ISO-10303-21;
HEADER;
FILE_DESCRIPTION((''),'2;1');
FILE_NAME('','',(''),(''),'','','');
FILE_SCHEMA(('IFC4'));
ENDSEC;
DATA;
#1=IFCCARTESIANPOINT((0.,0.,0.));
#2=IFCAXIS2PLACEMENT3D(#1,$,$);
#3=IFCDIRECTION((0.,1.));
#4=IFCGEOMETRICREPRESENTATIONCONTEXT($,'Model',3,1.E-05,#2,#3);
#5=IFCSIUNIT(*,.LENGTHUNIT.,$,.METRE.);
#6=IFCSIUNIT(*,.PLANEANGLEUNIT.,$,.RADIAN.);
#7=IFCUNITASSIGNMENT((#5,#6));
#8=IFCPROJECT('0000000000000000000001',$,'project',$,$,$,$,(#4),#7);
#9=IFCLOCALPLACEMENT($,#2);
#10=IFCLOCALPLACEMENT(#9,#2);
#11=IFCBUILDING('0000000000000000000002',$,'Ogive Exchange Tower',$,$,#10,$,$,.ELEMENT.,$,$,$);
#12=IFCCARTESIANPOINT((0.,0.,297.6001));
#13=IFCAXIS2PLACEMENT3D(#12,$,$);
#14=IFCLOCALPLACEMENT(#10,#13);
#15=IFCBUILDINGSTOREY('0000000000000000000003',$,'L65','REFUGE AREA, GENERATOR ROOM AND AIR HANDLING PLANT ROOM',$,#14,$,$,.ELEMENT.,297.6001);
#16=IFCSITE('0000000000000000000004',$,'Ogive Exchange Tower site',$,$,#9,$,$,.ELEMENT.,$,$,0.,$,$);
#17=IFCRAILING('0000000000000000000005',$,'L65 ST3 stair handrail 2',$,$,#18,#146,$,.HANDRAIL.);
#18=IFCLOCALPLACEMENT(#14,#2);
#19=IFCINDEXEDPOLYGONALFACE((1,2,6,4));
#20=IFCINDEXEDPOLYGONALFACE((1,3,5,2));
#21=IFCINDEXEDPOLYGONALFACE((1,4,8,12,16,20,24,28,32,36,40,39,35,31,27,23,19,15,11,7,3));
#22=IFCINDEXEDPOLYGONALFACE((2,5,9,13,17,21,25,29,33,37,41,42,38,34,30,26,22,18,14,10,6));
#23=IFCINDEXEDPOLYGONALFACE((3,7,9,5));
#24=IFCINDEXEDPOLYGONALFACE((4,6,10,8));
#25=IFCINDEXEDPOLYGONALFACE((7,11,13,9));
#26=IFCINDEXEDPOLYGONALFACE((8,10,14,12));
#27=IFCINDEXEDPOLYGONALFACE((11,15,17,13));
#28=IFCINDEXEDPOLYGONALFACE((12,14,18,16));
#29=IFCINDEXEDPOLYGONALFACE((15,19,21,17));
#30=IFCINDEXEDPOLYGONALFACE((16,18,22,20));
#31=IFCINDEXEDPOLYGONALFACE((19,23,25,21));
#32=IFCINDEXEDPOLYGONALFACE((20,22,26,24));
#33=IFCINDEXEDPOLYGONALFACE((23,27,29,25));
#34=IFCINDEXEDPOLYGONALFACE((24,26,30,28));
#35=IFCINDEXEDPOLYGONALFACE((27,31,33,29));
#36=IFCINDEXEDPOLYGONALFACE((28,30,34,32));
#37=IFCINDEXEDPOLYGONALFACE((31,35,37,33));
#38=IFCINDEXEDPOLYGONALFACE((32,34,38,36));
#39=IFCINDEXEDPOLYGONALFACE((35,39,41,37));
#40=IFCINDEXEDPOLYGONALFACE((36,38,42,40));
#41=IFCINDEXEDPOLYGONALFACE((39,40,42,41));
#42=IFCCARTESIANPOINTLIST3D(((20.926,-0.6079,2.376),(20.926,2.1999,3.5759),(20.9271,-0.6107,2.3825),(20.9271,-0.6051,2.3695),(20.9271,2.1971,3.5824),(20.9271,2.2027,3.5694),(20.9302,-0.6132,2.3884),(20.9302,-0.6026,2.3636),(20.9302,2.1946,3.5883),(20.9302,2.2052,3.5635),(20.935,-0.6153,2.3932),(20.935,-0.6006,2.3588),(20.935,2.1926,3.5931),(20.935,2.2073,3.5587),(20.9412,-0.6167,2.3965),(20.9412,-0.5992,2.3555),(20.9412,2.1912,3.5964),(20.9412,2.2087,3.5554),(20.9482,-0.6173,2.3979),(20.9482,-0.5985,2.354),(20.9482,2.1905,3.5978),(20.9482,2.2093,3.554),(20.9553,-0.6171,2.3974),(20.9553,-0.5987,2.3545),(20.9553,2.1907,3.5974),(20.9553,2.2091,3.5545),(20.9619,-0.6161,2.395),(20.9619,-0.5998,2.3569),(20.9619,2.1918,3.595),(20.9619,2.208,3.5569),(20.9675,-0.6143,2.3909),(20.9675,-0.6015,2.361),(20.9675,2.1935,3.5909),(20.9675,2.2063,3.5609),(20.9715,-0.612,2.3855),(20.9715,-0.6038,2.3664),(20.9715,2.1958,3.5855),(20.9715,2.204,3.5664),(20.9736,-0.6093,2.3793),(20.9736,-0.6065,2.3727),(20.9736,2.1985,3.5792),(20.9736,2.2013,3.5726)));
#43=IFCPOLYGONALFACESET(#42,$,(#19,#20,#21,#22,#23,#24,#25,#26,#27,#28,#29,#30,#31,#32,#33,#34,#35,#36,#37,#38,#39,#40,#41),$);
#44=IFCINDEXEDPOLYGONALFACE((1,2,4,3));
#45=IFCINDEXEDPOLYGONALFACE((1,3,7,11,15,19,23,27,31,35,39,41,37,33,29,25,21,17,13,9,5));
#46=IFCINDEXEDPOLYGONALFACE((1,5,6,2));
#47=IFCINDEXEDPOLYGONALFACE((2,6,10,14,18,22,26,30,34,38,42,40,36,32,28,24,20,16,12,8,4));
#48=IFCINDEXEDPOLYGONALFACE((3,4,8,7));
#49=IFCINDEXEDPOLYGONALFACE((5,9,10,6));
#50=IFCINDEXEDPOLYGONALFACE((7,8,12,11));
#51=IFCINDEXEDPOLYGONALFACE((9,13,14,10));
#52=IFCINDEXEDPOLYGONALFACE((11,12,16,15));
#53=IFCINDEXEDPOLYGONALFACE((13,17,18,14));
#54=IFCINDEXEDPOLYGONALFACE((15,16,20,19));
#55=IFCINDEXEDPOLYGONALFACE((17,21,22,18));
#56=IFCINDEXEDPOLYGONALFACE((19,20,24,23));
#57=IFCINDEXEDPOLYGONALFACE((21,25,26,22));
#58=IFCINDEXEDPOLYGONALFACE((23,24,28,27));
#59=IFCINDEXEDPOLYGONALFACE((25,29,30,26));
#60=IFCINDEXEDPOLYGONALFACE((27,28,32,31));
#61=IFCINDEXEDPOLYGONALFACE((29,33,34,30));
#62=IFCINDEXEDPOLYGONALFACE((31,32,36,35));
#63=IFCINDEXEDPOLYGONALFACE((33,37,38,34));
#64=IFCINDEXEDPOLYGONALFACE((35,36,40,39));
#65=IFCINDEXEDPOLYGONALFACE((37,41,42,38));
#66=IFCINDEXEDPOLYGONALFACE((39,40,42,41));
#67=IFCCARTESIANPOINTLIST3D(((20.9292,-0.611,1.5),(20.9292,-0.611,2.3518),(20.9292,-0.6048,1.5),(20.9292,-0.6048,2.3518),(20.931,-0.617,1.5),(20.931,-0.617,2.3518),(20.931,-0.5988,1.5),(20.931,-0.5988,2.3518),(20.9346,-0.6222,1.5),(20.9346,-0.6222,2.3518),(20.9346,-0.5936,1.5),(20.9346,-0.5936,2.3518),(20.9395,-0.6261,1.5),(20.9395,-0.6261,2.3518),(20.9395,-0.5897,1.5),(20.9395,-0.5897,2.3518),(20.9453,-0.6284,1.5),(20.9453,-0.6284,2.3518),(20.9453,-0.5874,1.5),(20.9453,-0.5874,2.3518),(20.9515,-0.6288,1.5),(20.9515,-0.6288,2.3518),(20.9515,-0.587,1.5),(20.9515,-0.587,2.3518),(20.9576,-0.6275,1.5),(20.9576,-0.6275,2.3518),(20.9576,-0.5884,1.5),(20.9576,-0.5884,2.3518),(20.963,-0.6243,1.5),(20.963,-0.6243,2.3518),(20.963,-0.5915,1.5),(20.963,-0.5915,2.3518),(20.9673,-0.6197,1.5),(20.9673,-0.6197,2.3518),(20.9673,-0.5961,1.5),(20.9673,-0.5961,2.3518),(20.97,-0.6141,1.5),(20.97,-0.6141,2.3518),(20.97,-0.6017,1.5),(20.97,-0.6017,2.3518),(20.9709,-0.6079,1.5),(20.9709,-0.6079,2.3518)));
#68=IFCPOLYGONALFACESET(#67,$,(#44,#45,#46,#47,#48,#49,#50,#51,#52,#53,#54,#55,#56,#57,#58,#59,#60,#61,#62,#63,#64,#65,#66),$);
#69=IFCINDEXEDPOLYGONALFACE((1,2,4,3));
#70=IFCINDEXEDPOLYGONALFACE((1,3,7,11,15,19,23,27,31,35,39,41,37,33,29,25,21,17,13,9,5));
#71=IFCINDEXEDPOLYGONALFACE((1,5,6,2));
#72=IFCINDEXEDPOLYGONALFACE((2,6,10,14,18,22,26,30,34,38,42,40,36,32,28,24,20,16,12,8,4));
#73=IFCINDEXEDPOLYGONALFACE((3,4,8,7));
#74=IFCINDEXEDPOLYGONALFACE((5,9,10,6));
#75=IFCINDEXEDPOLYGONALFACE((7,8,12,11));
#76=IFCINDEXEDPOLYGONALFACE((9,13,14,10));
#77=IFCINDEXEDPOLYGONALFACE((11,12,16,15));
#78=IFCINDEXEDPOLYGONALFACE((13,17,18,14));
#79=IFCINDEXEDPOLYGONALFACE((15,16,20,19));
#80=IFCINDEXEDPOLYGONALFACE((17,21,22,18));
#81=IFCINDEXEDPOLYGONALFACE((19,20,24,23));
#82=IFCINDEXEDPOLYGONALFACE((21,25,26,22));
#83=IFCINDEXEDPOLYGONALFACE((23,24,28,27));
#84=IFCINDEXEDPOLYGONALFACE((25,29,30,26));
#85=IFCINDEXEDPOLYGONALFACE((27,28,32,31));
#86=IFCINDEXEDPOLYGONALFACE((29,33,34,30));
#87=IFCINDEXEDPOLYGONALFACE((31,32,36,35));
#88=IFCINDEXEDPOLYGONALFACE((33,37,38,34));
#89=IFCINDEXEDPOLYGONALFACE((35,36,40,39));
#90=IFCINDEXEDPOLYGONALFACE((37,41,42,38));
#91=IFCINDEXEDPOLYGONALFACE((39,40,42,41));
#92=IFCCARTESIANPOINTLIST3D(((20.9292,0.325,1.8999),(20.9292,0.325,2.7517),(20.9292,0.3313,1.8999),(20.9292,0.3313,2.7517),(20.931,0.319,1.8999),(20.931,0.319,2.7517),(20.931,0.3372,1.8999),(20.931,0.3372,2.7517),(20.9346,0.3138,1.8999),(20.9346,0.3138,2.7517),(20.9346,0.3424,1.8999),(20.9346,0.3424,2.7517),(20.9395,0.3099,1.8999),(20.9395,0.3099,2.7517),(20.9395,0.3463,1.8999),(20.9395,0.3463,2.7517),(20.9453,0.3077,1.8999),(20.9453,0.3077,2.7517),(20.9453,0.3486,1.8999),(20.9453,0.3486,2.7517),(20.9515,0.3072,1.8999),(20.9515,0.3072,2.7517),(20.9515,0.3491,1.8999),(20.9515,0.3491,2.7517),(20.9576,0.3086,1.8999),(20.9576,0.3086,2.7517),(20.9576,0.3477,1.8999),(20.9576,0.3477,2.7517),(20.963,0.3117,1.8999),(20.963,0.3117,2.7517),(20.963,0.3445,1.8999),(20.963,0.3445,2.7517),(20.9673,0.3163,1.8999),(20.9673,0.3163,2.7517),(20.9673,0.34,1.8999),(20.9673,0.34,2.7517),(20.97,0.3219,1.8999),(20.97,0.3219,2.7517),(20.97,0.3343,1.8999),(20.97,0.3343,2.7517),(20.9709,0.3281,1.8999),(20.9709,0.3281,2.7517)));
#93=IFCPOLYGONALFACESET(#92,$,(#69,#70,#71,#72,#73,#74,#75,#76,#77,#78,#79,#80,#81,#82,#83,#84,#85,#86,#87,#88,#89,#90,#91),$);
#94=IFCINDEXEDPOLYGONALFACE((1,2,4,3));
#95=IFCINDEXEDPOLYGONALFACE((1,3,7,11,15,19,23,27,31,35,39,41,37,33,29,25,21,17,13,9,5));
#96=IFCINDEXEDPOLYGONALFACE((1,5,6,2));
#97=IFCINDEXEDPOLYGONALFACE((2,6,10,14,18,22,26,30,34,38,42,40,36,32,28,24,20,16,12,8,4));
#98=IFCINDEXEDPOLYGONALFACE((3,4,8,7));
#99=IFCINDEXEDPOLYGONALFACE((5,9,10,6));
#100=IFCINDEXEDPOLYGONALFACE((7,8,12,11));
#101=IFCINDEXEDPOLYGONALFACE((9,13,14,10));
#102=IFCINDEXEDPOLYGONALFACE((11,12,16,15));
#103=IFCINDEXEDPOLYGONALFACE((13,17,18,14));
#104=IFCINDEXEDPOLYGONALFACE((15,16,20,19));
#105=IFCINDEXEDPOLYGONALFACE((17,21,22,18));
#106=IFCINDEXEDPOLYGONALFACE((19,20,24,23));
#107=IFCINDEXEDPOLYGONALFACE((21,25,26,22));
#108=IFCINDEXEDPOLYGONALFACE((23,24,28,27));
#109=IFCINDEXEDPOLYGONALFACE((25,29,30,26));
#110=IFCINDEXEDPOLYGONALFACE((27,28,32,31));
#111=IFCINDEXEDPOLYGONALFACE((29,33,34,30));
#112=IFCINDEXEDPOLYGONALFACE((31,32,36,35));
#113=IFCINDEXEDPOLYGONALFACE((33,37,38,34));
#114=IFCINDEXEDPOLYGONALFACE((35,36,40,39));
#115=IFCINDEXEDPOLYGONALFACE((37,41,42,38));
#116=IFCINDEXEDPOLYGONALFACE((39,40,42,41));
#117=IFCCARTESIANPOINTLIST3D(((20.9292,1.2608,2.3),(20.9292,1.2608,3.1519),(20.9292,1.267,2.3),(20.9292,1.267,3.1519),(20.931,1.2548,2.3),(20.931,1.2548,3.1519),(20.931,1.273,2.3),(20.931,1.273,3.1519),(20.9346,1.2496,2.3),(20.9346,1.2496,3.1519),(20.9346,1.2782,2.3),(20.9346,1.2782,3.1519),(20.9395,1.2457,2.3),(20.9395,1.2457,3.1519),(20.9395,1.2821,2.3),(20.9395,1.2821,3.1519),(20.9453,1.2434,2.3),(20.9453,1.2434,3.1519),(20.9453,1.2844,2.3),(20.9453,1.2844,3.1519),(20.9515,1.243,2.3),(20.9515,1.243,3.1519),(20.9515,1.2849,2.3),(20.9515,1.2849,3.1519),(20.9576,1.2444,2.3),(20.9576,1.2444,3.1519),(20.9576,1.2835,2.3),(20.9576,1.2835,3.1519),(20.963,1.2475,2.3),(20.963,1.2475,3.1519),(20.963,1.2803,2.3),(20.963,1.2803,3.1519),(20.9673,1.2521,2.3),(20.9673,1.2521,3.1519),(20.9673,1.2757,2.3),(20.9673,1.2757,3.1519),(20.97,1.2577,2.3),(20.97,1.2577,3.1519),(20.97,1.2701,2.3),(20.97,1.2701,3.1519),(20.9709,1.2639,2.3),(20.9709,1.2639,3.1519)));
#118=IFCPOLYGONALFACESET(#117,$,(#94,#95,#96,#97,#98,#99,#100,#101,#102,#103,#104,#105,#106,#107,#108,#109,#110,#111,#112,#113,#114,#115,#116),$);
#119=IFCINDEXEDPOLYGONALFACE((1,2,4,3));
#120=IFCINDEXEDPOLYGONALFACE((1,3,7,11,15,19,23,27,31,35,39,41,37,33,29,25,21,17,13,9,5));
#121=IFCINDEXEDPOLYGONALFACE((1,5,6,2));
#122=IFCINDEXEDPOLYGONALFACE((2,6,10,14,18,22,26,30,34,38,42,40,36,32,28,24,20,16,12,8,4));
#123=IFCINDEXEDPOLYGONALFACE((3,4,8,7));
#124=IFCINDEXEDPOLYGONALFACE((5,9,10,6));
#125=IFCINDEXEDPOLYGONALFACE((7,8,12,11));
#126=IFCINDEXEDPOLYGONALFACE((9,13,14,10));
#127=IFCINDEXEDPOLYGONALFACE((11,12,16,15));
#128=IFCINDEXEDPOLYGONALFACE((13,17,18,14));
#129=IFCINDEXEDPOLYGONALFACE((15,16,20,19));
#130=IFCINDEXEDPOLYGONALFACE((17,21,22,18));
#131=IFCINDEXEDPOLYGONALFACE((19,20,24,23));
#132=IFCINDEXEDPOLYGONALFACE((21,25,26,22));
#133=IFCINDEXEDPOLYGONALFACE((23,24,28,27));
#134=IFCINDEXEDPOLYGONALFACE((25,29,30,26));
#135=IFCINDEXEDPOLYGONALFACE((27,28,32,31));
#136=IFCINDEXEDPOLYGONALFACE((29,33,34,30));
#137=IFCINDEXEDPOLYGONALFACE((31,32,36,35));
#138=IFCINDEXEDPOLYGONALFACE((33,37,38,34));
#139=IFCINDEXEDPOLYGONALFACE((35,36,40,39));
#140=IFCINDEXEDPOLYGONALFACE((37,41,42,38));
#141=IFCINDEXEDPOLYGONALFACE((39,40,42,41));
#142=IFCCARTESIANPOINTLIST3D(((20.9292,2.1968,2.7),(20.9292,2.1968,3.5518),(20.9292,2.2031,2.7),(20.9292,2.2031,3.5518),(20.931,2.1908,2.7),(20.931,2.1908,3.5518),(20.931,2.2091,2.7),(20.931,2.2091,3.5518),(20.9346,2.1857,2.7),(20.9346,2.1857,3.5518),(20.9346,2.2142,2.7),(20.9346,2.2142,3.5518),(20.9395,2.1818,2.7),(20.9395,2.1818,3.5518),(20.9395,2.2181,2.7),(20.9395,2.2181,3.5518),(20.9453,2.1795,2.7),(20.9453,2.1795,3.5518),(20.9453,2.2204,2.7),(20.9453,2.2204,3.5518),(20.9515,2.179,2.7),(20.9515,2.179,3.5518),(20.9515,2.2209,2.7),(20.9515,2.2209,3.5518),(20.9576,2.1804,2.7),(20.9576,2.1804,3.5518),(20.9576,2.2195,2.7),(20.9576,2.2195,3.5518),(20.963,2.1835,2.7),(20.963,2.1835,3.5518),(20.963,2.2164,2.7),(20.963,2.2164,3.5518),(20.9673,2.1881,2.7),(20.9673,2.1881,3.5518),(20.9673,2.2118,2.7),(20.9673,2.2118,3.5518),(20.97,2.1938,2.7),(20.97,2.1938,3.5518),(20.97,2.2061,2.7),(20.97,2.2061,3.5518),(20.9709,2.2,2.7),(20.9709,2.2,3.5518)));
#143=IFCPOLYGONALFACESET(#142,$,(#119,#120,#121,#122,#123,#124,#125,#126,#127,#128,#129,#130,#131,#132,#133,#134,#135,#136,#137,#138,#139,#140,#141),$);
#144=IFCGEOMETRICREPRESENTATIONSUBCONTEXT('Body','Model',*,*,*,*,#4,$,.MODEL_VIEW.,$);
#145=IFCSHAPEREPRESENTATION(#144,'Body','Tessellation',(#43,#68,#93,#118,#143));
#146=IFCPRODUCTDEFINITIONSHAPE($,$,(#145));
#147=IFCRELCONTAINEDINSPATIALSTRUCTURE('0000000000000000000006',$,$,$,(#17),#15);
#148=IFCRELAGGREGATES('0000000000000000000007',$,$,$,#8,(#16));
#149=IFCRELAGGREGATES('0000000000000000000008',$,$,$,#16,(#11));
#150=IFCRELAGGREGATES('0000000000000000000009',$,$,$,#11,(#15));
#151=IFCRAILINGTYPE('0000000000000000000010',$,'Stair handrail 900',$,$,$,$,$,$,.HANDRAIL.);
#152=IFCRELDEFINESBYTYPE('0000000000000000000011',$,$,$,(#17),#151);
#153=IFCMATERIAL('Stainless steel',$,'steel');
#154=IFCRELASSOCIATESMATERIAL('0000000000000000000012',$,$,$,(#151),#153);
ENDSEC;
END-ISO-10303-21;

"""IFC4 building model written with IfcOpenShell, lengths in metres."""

from ifc_helpers import new_model, si_unit, direction, frame, origin, origin_2d, place, context, subcontext, project, spatial, circle, extrude, material, type_object, element, save


model = new_model("IFC4")

# Units and contexts
model_context = context("Model", 3, precision=1e-05, world=origin(), true_north=direction((0.0, 1.0)))
body_context = subcontext(model_context, "Body", "Model", "MODEL_VIEW")
ifc_project = project(units=[si_unit("LENGTHUNIT", "METRE"), si_unit("PLANEANGLEUNIT", "RADIAN")], contexts=[model_context])

# Site, building, storey
site_placement = place(None, origin())
site = spatial("IfcSite", under=ifc_project, at=site_placement, Name="Ogive Exchange Tower site", CompositionType="ELEMENT", RefElevation=0.0)
building_placement = place(site_placement, origin())
building = spatial("IfcBuilding", under=site, at=building_placement, Name="Ogive Exchange Tower", CompositionType="ELEMENT")
storey_placement = place(building_placement, frame((0.0, 0.0, 297.6001)))
storey = spatial("IfcBuildingStorey", under=building, at=storey_placement, Name="L65", Description="REFUGE AREA, GENERATOR ROOM AND AIR HANDLING PLANT ROOM", CompositionType="ELEMENT", Elevation=297.6001)

# Shared definitions
ifc_material_1 = material(Name="Stainless steel", Category="steel")

# Railing
railing_type = type_object("IfcRailingType", Name="Stair handrail 900", PredefinedType="HANDRAIL", material=ifc_material_1)
railing_1_placement = place(storey_placement, frame((20.95, -0.6079, 1.5)))
element("IfcRailing", 1, at=railing_1_placement, inside=storey, type_object=railing_type, Name="L65 ST3 stair handrail 2", PredefinedType="HANDRAIL", context=body_context, shape_type="SweptSolid", body=[
    extrude(circle(Radius=0.0239, at=origin_2d()), frame((0.0, 0.0, 0.876), z_axis=(0.0, 0.91955, 0.392973), x_axis=(-1.0, 0.0, 0.0)), (0.0, 0.0, 1.0), 3.0535),
    extrude(circle(Radius=0.021, at=origin_2d()), origin(), (0.0, 0.0, 1.0), 0.8518),
    extrude(circle(Radius=0.021, at=origin_2d()), frame((0.0, 0.936, 0.3999)), (0.0, 0.0, 1.0), 0.8518),
    extrude(circle(Radius=0.021, at=origin_2d()), frame((0.0, 1.8718, 0.8)), (0.0, 0.0, 1.0), 0.8518),
    extrude(circle(Radius=0.021, at=origin_2d()), frame((0.0, 2.8079, 1.2)), (0.0, 0.0, 1.0), 0.8518),
])

save(model, "model.ifc")
